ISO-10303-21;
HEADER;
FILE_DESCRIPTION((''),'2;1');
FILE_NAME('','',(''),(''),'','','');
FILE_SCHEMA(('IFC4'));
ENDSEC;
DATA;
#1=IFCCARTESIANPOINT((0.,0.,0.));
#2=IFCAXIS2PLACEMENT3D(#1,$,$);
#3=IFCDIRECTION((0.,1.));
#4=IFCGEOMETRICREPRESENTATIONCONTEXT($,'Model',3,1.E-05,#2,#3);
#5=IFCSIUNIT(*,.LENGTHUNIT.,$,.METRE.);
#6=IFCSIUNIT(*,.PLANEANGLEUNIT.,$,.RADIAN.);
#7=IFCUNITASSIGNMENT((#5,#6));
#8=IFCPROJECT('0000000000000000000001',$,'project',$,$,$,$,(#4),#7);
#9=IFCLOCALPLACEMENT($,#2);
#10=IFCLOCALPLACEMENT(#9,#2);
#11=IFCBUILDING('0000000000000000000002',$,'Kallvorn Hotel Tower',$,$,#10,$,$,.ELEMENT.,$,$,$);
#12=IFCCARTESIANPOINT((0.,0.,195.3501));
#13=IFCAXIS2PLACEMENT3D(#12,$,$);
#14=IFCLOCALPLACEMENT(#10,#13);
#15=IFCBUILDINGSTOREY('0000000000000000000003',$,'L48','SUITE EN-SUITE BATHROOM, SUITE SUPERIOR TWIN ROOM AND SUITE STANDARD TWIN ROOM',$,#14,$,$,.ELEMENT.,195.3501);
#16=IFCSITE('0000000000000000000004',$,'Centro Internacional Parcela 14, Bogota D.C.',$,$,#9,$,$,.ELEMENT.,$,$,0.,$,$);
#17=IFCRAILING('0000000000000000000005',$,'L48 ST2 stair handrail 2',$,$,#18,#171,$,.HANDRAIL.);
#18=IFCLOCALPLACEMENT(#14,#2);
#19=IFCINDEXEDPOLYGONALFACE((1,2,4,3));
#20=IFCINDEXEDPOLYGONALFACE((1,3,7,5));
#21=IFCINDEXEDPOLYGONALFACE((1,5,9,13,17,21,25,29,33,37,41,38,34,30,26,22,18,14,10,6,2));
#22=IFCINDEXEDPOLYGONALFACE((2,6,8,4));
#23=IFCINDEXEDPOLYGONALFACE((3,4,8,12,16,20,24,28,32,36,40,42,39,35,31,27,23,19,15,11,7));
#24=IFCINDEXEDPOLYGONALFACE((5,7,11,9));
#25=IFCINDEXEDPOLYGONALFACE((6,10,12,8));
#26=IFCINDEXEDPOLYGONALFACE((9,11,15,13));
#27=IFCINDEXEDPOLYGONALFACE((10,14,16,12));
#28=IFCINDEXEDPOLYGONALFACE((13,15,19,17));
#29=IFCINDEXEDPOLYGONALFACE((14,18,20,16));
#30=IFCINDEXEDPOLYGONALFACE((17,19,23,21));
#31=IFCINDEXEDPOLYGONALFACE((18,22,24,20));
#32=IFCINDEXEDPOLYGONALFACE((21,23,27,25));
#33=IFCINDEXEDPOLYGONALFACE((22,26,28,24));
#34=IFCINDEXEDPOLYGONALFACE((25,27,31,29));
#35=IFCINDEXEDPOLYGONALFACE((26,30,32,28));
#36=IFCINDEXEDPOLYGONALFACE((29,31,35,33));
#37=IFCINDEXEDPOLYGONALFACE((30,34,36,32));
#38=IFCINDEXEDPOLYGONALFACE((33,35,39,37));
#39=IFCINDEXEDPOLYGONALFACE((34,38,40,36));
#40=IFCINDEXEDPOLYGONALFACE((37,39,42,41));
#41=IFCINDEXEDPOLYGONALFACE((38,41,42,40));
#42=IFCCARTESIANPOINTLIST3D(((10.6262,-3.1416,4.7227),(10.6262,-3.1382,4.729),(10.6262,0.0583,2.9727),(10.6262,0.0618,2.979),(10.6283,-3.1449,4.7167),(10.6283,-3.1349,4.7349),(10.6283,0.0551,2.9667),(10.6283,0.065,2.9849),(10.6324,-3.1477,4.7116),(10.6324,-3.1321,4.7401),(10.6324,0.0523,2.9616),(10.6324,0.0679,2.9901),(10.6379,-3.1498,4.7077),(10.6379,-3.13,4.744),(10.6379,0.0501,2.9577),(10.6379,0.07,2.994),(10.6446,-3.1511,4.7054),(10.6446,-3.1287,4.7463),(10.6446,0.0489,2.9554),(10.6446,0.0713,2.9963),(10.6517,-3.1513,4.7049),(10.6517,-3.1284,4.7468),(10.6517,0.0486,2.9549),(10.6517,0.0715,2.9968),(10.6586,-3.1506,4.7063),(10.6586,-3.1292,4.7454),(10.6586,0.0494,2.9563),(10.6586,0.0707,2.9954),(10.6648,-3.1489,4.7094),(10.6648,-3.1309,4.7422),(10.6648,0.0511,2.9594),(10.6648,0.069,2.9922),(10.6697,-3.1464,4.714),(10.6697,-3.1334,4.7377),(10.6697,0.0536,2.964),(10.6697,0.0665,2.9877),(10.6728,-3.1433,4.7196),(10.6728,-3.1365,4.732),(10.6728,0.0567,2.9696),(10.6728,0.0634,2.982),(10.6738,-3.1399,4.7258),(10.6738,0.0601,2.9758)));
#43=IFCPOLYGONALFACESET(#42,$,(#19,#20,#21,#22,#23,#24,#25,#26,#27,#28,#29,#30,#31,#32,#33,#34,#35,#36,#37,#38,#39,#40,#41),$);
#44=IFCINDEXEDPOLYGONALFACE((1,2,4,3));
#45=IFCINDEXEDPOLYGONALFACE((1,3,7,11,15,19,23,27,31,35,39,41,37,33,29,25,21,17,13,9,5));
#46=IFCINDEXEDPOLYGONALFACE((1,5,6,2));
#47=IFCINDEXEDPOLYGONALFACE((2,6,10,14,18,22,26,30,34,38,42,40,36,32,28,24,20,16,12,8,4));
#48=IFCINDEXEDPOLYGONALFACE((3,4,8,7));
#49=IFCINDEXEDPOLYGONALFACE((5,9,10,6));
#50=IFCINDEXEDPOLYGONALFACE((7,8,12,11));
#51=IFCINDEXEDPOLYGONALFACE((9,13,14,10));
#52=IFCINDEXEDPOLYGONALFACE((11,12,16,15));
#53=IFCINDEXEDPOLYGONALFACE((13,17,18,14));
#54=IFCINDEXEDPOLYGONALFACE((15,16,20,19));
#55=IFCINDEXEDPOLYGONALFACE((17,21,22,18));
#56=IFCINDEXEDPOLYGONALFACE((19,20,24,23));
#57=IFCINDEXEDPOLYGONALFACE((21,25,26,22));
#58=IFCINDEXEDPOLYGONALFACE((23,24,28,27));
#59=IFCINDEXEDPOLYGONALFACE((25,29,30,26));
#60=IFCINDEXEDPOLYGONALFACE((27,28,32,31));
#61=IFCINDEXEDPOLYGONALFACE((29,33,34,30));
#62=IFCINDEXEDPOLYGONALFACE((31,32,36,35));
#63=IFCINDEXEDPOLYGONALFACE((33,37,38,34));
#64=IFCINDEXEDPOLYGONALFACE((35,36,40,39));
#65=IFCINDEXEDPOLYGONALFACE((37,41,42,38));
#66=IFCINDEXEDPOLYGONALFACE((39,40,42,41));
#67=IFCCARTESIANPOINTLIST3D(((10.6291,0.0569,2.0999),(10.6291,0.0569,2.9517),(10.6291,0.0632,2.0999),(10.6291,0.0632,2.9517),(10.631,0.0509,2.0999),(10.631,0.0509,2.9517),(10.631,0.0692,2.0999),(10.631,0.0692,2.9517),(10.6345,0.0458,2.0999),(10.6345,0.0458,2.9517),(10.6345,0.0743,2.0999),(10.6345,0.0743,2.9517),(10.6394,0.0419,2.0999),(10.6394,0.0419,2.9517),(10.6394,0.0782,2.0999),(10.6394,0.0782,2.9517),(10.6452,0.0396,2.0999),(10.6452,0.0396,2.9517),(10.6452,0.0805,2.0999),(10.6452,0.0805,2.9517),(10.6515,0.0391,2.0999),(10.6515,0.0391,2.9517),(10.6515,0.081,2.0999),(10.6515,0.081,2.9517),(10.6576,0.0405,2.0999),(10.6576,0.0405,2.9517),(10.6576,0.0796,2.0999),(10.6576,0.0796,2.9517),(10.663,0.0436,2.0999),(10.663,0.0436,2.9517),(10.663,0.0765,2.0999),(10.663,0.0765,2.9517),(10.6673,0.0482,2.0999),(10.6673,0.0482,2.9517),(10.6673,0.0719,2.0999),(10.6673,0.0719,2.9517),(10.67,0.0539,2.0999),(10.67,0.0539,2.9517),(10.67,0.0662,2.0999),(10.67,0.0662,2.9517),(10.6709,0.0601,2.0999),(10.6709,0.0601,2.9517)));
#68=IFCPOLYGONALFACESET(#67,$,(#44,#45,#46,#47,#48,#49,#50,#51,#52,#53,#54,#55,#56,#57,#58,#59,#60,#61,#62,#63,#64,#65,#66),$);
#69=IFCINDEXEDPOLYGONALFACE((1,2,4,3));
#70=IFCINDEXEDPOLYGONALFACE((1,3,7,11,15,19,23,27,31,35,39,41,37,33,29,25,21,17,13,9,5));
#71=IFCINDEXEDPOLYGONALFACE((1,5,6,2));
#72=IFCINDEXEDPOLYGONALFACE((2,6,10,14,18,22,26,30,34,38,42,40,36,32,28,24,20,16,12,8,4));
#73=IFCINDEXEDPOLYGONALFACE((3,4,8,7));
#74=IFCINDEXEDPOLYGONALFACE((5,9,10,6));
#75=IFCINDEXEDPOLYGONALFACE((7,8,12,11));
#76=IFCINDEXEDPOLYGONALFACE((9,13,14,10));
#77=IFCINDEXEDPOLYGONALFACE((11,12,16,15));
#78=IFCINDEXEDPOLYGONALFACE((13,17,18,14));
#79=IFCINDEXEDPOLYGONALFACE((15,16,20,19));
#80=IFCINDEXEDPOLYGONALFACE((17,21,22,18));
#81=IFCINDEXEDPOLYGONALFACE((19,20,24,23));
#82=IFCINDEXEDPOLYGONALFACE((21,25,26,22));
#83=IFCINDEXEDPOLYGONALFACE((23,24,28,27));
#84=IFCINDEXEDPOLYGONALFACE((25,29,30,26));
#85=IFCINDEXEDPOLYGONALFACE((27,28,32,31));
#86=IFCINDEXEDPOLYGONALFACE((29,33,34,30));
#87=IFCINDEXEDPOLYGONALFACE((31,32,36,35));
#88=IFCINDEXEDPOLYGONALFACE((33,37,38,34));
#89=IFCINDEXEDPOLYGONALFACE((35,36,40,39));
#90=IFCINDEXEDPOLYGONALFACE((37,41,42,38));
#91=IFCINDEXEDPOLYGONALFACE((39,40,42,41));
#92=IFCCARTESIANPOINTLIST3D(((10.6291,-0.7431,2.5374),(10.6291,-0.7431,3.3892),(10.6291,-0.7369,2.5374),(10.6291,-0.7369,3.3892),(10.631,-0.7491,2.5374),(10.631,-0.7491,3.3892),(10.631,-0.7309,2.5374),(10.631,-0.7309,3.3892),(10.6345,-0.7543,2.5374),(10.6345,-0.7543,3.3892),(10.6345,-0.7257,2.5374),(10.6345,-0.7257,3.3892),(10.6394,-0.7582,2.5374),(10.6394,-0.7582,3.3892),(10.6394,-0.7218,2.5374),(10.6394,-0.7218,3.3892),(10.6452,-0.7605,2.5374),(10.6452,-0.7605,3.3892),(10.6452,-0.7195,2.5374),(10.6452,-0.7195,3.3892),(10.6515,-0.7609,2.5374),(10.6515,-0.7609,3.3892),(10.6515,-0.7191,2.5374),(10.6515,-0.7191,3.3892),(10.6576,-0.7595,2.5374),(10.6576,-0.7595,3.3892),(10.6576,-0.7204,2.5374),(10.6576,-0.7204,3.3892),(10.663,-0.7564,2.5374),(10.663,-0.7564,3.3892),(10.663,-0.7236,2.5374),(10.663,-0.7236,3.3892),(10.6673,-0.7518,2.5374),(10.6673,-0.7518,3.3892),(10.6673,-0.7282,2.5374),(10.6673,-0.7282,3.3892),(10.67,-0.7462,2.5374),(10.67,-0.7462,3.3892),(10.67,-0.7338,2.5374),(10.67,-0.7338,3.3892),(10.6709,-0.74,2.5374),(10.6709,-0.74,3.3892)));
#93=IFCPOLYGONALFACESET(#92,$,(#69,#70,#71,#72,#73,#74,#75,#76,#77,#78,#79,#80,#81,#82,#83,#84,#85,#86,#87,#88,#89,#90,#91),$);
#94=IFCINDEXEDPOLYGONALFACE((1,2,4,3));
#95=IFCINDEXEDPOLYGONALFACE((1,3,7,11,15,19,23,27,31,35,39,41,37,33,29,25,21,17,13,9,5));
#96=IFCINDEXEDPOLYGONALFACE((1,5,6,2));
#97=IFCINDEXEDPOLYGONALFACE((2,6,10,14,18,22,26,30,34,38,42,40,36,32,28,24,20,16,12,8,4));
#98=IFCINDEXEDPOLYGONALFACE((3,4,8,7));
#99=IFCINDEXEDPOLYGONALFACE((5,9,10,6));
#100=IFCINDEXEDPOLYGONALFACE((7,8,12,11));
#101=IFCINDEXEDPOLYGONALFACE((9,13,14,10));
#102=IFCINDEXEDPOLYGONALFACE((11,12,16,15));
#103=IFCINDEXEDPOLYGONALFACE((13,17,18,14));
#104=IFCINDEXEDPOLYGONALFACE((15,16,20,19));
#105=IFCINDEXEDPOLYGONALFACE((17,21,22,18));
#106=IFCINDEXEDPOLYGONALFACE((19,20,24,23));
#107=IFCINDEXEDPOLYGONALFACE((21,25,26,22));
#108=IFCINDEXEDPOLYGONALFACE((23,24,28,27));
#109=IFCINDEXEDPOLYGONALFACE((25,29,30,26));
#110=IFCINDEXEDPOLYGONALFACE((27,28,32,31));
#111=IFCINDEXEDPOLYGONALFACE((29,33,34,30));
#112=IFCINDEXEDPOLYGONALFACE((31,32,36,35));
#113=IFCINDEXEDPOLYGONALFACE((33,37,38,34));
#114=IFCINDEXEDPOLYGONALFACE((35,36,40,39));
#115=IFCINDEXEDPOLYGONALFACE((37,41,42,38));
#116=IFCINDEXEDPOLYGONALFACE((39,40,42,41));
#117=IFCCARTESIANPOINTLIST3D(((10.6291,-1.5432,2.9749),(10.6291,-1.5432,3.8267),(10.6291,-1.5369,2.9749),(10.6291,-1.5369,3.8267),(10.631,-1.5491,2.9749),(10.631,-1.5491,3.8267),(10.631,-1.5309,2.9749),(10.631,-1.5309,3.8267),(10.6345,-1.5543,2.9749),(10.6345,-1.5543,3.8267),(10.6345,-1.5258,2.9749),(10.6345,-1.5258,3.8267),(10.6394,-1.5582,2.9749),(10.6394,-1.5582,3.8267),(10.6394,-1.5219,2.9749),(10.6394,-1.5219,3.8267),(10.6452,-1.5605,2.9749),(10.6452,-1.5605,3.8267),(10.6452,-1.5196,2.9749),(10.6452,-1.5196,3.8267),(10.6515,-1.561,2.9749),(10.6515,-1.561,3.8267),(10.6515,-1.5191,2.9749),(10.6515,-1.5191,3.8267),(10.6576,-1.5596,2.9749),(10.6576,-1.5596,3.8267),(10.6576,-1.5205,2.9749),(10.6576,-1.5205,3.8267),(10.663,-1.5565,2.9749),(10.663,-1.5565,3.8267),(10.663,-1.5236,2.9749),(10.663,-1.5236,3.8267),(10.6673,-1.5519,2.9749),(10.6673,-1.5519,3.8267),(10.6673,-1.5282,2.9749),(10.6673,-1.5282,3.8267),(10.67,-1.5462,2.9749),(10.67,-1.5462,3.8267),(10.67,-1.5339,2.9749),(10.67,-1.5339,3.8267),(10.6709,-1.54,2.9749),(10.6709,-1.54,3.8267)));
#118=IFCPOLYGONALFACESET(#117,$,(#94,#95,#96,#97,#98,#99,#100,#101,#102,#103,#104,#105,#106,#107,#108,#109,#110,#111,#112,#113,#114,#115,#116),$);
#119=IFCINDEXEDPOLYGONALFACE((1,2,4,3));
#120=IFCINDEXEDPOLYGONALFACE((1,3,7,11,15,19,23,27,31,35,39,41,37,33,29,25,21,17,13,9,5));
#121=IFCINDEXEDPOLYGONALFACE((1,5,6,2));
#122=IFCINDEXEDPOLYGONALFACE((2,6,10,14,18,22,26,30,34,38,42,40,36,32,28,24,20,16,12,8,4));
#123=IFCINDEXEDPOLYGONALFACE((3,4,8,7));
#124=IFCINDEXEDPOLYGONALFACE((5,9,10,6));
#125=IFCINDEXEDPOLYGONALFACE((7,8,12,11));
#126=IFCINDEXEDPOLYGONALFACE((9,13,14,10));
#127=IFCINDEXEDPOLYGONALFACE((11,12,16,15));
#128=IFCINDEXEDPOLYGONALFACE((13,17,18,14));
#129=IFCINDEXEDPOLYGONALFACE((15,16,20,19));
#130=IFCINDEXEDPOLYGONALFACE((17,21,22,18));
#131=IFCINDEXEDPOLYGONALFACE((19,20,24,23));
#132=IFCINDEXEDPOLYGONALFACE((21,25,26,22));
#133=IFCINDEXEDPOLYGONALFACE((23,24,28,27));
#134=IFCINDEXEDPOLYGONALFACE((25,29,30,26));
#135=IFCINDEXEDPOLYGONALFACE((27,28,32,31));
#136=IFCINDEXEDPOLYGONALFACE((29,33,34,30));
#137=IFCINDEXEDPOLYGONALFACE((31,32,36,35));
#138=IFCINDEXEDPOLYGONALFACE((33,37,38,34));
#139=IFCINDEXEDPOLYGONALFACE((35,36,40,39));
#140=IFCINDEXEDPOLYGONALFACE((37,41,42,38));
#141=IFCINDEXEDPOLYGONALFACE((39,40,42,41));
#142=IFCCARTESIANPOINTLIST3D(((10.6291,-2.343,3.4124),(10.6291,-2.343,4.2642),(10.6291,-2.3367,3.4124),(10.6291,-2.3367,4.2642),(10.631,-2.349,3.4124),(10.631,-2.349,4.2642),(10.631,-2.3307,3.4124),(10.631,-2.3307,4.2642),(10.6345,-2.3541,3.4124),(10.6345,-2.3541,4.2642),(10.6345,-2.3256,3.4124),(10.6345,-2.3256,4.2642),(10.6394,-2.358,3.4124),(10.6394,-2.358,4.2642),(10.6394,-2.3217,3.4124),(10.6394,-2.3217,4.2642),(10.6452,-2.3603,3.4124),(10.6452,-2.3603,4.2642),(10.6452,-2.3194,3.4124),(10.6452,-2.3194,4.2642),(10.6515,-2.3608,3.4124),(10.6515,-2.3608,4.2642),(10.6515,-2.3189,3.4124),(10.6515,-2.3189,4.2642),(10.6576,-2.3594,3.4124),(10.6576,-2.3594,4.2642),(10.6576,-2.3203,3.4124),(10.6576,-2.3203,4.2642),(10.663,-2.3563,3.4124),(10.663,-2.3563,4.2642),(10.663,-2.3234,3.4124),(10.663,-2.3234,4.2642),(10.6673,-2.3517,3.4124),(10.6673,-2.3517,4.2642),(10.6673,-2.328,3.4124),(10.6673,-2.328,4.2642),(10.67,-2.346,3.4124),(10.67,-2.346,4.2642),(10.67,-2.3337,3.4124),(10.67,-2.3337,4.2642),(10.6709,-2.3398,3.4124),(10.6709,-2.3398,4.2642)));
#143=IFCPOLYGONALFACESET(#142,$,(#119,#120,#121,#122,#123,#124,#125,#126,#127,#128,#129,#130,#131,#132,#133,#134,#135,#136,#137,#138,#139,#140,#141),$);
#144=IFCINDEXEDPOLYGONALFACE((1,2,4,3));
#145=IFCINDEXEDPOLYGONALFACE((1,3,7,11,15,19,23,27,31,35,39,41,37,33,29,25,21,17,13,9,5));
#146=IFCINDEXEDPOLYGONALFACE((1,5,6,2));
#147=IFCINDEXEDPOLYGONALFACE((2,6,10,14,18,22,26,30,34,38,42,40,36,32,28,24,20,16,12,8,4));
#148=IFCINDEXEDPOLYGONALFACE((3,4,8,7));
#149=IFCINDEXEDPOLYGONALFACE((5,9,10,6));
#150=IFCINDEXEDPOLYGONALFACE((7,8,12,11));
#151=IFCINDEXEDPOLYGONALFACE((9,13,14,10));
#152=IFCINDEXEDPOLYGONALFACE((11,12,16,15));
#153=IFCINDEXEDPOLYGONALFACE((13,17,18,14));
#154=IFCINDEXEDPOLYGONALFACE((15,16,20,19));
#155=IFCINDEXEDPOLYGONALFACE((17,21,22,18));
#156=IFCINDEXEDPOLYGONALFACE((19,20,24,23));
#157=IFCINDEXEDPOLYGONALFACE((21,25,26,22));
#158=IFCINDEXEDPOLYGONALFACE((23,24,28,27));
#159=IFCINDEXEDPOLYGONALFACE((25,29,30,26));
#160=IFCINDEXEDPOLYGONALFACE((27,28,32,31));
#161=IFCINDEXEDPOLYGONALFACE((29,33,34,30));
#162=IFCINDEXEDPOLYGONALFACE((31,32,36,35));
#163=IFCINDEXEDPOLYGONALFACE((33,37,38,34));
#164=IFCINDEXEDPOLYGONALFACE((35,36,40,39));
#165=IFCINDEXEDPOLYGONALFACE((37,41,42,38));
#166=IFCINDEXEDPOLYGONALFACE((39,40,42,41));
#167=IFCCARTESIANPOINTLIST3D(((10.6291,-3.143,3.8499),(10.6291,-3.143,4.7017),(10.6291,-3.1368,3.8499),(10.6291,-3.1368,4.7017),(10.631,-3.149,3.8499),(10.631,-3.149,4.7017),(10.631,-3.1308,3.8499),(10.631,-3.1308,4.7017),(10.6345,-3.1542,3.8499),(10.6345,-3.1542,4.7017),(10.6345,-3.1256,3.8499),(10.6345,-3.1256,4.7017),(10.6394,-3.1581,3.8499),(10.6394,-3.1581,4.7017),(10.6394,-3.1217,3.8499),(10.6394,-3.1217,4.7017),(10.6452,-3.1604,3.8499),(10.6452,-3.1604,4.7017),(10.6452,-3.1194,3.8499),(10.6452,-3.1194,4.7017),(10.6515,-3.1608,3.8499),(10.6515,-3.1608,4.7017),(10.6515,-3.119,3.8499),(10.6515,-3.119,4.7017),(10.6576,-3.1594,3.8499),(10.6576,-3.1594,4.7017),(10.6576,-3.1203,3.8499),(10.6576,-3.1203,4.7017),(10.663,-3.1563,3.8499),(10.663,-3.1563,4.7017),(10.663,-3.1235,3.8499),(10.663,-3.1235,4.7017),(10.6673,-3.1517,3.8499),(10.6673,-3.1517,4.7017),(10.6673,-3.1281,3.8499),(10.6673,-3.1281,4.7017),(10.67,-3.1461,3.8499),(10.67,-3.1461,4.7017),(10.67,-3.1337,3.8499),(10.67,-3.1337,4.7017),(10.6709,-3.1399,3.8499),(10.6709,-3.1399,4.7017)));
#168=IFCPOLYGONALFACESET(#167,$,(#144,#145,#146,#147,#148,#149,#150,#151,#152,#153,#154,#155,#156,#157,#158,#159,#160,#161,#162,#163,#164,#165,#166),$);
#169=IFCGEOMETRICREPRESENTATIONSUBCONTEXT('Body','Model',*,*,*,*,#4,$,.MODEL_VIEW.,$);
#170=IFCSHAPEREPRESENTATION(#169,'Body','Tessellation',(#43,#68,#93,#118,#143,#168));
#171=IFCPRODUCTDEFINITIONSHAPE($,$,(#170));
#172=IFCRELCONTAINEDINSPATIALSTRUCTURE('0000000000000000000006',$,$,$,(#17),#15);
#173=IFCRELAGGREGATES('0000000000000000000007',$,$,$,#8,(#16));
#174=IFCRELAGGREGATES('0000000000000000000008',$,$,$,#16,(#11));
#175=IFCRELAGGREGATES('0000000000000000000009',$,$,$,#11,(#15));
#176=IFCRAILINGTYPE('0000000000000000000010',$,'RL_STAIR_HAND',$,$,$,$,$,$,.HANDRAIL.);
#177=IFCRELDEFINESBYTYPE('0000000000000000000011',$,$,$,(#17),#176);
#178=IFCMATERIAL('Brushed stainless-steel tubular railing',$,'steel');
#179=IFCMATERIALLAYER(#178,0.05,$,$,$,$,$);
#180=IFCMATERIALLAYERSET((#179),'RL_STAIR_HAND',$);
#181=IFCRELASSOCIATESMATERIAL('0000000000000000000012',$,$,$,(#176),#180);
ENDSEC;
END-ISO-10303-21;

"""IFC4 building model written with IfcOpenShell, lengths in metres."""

from ifc_helpers import new_model, si_unit, direction, frame, origin, origin_2d, place, context, subcontext, project, spatial, circle, extrude, material, layer, layer_set, type_object, element, save


model = new_model("IFC4")

# Units and contexts
model_context = context("Model", 3, precision=1e-05, world=origin(), true_north=direction((0.0, 1.0)))
body_context = subcontext(model_context, "Body", "Model", "MODEL_VIEW")
ifc_project = project(units=[si_unit("LENGTHUNIT", "METRE"), si_unit("PLANEANGLEUNIT", "RADIAN")], contexts=[model_context])

# Site, building, storey
site_placement = place(None, origin())
site = spatial("IfcSite", under=ifc_project, at=site_placement, Name="Centro Internacional Parcela 14, Bogota D.C.", CompositionType="ELEMENT", RefElevation=0.0)
building_placement = place(site_placement, origin())
building = spatial("IfcBuilding", under=site, at=building_placement, Name="Kallvorn Hotel Tower", CompositionType="ELEMENT")
storey_placement = place(building_placement, frame((0.0, 0.0, 195.3501)))
storey = spatial("IfcBuildingStorey", under=building, at=storey_placement, Name="L48", Description="SUITE EN-SUITE BATHROOM, SUITE SUPERIOR TWIN ROOM AND SUITE STANDARD TWIN ROOM", CompositionType="ELEMENT", Elevation=195.3501)

# Railing
ifc_material_1 = material(Name="Brushed stainless-steel tubular railing", Category="steel")
ifc_layer_1 = layer(ifc_material_1, 0.05)
ifc_layer_set_1 = layer_set([ifc_layer_1], Name="RL_STAIR_HAND")
railing_type_1 = type_object("IfcRailingType", Name="RL_STAIR_HAND", PredefinedType="HANDRAIL", material=ifc_layer_set_1)
railing_1_placement = place(storey_placement, frame((10.6499, 0.0601, 2.0999)))
element("IfcRailing", 1, at=railing_1_placement, inside=storey, type_object=railing_type_1, Name="L48 ST2 stair handrail 2", PredefinedType="HANDRAIL", context=body_context, shape_type="SweptSolid", body=[
    extrude(circle(Radius=0.0239, at=origin_2d()), frame((0.0, 0.0, 0.876), z_axis=(0.0, -0.877368, 0.479818), x_axis=(1.0, 0.0, 0.0)), (0.0, 0.0, 1.0), 3.6472),
    extrude(circle(Radius=0.021, at=origin_2d()), origin(), (0.0, 0.0, 1.0), 0.8518),
    extrude(circle(Radius=0.021, at=origin_2d()), frame((0.0, -0.8, 0.4375)), (0.0, 0.0, 1.0), 0.8518),
    extrude(circle(Radius=0.021, at=origin_2d()), frame((0.0, -1.6001, 0.875)), (0.0, 0.0, 1.0), 0.8518),
    extrude(circle(Radius=0.021, at=origin_2d()), frame((0.0, -2.3999, 1.3125)), (0.0, 0.0, 1.0), 0.8518),
    extrude(circle(Radius=0.021, at=origin_2d()), frame((0.0, -3.2, 1.75)), (0.0, 0.0, 1.0), 0.8518),
])

save(model, "model.ifc")
